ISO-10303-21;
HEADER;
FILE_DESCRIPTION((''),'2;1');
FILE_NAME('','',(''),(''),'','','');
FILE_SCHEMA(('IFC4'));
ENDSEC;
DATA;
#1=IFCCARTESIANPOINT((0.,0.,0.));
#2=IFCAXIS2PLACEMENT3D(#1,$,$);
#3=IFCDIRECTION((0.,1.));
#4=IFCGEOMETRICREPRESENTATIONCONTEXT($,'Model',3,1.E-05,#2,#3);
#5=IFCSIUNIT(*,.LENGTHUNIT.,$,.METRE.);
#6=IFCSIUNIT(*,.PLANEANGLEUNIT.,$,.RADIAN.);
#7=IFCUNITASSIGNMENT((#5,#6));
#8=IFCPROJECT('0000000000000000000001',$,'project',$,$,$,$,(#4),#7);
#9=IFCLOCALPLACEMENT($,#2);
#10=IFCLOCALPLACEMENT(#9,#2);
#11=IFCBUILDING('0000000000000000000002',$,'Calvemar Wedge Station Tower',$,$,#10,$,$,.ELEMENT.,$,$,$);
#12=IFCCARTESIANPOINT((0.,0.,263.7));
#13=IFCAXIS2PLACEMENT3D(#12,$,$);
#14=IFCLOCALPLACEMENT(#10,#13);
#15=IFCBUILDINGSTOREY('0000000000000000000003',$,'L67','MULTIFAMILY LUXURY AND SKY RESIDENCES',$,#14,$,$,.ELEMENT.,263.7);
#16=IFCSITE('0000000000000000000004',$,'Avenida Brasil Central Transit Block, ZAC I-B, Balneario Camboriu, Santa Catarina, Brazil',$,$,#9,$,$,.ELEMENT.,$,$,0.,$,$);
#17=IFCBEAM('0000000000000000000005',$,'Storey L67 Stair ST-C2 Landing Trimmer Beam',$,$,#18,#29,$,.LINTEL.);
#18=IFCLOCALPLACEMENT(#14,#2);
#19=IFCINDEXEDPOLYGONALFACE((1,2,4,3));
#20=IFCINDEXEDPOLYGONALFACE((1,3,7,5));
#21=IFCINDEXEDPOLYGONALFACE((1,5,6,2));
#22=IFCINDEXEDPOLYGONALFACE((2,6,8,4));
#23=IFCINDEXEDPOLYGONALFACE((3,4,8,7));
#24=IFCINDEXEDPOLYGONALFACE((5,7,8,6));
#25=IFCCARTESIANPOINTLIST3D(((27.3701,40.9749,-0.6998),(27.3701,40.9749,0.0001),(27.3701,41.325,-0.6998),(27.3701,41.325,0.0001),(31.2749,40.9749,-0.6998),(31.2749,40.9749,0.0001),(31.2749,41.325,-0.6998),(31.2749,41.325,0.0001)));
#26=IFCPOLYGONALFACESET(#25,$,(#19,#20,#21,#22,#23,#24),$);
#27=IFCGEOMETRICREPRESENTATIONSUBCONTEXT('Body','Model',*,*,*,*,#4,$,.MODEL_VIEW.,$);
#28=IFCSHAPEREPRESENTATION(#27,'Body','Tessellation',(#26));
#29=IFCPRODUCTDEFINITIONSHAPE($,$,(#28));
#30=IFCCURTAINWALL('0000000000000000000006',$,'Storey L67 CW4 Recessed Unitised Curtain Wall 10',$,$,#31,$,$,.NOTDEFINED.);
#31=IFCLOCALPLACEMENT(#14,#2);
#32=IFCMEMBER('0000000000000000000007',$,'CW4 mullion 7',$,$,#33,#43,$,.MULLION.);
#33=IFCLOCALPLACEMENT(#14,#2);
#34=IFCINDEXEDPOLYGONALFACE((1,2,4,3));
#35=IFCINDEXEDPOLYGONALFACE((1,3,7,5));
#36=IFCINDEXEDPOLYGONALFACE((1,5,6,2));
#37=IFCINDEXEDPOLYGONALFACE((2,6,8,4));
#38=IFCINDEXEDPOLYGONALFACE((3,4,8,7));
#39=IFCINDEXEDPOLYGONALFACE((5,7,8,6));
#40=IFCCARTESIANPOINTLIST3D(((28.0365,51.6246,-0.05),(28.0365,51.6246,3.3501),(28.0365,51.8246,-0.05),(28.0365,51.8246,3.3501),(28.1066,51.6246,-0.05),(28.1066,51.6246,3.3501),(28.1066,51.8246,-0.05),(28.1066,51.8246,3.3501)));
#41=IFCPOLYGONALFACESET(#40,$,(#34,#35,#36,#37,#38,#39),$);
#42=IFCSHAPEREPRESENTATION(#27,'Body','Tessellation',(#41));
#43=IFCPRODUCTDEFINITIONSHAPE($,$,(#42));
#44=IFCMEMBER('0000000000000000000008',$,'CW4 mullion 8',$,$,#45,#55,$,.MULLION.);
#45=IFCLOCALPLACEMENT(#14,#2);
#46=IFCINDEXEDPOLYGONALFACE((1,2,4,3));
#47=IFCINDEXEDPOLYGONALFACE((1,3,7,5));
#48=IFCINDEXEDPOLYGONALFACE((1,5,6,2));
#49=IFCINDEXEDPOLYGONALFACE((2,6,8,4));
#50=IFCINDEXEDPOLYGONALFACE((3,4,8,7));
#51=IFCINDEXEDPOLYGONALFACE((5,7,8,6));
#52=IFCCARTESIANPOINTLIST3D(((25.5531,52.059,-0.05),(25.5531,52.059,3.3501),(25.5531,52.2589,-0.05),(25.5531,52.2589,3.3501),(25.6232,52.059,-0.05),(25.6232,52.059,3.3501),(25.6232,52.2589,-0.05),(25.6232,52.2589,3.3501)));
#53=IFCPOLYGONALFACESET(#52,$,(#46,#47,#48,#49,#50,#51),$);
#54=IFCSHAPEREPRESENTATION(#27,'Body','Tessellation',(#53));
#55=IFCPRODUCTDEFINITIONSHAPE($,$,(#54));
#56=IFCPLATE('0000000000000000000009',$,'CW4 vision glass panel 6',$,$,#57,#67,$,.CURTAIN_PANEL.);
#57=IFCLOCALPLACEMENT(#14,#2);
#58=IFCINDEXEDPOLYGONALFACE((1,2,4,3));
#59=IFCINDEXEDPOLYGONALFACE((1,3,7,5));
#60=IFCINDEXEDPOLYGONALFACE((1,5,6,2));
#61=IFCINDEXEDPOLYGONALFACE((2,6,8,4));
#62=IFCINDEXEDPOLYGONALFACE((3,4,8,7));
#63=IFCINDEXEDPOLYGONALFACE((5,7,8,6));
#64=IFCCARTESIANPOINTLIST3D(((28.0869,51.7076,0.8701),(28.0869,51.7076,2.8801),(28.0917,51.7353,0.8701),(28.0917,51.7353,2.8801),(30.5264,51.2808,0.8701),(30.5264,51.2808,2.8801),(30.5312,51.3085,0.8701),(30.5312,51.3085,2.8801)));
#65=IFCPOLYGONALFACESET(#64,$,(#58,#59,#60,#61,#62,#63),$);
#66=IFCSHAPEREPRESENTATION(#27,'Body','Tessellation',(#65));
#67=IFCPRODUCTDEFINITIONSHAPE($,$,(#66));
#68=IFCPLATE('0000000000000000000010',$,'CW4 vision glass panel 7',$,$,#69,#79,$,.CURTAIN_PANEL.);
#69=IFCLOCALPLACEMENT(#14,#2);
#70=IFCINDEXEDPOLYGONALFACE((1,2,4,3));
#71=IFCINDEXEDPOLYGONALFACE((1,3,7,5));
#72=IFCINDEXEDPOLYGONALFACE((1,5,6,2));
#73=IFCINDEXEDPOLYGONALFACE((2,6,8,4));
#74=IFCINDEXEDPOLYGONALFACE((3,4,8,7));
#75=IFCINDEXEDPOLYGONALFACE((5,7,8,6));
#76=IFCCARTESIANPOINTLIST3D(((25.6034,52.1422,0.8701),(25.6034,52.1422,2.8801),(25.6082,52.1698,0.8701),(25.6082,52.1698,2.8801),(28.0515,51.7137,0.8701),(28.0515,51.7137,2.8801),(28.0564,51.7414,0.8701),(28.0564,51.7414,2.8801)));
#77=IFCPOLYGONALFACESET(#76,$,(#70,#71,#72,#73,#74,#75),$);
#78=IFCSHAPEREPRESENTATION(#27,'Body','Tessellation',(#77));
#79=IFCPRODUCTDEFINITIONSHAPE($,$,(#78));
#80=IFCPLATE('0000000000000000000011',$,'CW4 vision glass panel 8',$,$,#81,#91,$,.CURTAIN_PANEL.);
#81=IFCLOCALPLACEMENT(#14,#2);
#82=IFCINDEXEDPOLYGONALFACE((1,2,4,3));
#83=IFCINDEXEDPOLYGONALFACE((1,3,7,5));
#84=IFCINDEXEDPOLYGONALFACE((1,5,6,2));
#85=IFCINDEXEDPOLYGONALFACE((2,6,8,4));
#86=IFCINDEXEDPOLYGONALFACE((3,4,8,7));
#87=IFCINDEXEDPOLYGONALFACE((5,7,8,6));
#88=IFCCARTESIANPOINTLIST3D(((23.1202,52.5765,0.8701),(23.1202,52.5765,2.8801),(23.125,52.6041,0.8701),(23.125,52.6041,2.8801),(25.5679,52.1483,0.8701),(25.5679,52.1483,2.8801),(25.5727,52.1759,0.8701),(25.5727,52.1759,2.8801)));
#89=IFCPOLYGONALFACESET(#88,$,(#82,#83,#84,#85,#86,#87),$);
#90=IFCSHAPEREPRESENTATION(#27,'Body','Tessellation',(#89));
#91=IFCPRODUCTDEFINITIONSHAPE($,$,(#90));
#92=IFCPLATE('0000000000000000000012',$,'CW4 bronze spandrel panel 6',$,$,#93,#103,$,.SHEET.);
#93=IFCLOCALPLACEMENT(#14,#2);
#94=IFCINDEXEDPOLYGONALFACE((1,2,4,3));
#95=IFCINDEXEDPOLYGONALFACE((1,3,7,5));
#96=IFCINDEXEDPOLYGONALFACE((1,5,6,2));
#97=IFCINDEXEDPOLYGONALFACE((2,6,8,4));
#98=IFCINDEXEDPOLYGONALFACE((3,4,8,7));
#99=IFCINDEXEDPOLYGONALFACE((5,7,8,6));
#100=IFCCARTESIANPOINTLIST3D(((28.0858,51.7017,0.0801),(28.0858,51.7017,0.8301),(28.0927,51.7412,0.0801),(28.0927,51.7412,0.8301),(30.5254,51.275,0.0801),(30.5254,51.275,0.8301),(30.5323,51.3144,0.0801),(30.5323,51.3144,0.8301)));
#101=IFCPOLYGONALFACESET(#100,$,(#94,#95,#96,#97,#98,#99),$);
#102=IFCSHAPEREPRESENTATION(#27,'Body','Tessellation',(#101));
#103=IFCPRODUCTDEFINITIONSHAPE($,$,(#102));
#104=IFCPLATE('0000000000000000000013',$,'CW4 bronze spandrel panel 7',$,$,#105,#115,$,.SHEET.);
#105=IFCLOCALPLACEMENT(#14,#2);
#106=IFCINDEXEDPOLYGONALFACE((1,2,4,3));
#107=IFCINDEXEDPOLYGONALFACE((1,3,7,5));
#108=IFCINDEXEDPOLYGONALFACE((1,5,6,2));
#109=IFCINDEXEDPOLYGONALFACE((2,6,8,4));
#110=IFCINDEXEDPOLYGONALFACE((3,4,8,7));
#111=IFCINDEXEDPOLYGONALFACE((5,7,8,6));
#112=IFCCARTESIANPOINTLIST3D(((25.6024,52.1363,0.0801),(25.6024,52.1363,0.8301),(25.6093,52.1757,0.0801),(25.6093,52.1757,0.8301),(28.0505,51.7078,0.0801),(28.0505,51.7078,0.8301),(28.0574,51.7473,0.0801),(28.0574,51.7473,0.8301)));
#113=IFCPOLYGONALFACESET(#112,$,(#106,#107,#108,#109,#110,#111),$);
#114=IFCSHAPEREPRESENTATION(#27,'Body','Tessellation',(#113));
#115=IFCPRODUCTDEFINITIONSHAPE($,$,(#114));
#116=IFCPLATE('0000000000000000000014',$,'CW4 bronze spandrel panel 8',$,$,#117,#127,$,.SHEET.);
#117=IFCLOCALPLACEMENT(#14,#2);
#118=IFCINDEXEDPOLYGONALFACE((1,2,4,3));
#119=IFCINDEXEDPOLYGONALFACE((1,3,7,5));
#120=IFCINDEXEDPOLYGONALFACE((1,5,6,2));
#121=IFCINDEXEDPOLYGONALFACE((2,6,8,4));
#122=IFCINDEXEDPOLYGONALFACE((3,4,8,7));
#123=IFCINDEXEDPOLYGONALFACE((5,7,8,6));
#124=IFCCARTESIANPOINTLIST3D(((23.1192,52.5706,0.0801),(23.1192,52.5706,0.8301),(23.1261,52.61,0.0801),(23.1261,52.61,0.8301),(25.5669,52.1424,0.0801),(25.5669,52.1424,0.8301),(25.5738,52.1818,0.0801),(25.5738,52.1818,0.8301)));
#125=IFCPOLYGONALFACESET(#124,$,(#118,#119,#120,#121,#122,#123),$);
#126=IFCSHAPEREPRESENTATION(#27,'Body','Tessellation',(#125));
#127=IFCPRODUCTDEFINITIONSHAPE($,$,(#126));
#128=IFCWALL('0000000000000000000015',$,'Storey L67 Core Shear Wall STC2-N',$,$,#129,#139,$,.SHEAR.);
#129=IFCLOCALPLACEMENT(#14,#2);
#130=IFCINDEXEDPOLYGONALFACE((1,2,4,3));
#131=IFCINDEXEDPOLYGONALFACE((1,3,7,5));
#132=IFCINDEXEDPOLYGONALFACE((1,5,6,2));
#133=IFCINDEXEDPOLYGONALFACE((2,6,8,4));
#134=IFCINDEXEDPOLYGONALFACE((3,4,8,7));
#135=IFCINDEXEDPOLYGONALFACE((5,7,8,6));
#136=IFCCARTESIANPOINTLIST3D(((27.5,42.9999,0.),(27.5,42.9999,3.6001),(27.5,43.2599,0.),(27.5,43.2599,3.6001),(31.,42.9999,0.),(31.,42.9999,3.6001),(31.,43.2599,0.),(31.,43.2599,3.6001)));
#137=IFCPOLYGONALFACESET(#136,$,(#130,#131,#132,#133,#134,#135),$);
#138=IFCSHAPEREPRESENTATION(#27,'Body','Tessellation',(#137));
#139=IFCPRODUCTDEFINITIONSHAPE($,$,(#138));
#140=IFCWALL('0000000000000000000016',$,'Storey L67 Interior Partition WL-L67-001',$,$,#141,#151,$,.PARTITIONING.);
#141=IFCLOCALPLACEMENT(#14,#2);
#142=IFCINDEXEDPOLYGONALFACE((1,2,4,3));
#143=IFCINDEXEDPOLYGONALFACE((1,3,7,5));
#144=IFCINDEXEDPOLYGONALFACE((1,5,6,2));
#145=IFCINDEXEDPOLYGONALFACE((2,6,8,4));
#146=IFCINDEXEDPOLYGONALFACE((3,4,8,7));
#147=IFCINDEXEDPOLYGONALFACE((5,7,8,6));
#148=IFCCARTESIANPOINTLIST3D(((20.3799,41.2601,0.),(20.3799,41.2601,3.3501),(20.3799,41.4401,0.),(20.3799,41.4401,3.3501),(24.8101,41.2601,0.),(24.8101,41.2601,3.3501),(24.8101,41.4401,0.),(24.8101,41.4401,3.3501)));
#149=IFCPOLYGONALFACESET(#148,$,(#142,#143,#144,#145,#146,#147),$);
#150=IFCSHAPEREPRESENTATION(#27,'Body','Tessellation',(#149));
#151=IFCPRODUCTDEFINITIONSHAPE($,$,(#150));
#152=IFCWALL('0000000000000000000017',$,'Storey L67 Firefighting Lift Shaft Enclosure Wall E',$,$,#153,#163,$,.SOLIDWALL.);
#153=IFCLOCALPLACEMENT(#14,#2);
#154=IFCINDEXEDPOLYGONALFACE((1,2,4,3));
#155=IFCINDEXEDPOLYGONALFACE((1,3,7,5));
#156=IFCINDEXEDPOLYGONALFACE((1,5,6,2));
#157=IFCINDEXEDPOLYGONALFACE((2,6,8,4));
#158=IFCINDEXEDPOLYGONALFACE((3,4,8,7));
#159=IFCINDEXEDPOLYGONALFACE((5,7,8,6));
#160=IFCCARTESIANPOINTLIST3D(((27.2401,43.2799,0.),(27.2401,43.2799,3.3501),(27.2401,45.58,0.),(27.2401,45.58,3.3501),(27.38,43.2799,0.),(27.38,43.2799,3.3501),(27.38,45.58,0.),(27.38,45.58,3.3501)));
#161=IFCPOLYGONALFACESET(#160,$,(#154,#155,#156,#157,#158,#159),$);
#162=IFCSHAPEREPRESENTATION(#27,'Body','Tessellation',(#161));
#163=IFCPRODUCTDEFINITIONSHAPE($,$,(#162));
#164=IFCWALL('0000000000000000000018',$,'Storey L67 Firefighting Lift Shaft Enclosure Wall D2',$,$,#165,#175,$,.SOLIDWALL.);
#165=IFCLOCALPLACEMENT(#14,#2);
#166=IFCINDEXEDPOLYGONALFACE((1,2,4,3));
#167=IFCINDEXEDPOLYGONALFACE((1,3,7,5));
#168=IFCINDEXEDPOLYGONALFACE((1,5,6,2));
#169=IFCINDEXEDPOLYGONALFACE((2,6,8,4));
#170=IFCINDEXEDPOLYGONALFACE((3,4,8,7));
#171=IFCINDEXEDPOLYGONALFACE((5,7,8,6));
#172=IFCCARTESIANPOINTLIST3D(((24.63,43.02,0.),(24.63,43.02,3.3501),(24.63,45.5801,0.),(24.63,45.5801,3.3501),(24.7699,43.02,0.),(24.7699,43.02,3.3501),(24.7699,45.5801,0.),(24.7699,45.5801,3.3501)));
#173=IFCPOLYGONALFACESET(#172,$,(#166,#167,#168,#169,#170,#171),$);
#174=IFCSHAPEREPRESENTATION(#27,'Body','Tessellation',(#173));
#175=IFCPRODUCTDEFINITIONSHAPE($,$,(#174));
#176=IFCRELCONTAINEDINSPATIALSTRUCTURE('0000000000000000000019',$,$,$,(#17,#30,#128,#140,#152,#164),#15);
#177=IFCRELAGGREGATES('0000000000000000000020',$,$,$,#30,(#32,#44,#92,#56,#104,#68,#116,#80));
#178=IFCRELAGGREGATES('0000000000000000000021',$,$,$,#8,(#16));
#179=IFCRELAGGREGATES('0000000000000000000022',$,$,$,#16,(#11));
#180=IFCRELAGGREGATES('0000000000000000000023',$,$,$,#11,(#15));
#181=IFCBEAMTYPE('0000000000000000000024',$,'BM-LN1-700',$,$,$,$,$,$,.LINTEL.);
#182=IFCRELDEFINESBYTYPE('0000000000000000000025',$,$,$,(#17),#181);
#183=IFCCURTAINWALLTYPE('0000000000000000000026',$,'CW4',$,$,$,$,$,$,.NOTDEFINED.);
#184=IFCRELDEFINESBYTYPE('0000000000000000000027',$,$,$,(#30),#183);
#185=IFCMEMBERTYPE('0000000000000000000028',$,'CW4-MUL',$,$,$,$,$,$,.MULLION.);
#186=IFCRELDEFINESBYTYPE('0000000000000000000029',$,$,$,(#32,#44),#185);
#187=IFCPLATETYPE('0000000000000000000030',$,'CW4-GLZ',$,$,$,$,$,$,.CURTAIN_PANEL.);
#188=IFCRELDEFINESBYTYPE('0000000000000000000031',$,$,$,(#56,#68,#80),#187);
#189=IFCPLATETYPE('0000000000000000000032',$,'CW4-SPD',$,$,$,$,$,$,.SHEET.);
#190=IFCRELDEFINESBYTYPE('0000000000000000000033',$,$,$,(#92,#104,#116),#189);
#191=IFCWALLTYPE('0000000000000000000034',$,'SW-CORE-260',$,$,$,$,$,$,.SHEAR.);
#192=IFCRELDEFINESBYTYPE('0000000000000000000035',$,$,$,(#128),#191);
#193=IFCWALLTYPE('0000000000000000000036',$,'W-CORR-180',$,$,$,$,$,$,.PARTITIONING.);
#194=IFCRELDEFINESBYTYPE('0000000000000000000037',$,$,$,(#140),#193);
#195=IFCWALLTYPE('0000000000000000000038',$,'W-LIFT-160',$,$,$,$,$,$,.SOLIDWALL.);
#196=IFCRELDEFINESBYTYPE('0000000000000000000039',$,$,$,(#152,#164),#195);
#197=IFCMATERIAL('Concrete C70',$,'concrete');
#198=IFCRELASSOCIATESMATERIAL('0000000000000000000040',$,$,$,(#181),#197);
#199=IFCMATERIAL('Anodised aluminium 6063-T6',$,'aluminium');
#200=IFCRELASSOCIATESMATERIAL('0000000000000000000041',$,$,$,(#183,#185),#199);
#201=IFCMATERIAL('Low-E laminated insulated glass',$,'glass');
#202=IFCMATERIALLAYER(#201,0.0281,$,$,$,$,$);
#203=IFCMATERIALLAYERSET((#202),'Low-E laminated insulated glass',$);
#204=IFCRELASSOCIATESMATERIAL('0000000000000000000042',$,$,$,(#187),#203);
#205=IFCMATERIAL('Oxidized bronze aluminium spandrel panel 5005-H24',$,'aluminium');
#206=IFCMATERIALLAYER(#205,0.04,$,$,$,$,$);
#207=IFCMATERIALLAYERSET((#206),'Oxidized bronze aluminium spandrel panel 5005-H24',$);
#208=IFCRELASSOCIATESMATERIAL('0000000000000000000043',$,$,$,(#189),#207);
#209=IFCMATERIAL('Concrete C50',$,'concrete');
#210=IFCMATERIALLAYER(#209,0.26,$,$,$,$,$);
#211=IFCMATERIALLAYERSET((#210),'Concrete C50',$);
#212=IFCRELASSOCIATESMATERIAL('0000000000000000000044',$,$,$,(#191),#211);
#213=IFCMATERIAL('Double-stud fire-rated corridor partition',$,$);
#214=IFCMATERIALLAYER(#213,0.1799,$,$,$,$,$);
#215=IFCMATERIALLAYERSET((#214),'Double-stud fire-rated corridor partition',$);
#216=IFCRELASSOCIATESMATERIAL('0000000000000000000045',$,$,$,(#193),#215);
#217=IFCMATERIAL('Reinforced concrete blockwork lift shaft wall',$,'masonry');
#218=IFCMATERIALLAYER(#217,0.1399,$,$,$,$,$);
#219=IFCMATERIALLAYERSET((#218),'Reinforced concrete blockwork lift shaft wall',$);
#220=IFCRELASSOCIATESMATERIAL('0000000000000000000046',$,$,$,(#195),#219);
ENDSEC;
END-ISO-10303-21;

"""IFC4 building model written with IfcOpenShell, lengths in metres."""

from ifc_helpers import new_model, si_unit, direction, frame, frame_2d, origin, origin_2d, place, context, subcontext, project, spatial, rectangle, extrude, source, transform, mapped, material, layer, layer_set, material_profile, profile_set, type_object, element, aggregate, save


model = new_model("IFC4")

# Units and contexts
model_context = context("Model", 3, precision=1e-05, world=origin(), true_north=direction((0.0, 1.0)))
body_context = subcontext(model_context, "Body", "Model", "MODEL_VIEW")
ifc_project = project(units=[si_unit("LENGTHUNIT", "METRE"), si_unit("PLANEANGLEUNIT", "RADIAN")], contexts=[model_context])

# Site, building, storey
site_placement = place(None, origin())
site = spatial("IfcSite", under=ifc_project, at=site_placement, Name="Avenida Brasil Central Transit Block, ZAC I-B, Balneario Camboriu, Santa Catarina, Brazil", CompositionType="ELEMENT", RefElevation=0.0)
building_placement = place(site_placement, origin())
building = spatial("IfcBuilding", under=site, at=building_placement, Name="Calvemar Wedge Station Tower", CompositionType="ELEMENT")
storey_placement = place(building_placement, frame((0.0, 0.0, 263.7)))
storey = spatial("IfcBuildingStorey", under=building, at=storey_placement, Name="L67", Description="MULTIFAMILY LUXURY AND SKY RESIDENCES", CompositionType="ELEMENT", Elevation=263.7)

# Beam
ifc_material_1 = material(Name="Concrete C70", Category="concrete")
ifc_material_profile_1 = material_profile(ifc_material_1, rectangle(XDim=0.3501, YDim=0.7, at=origin_2d()), Name="RC350x700")
ifc_profile_set_1 = profile_set([ifc_material_profile_1], Name="Concrete C70")
beam_type = type_object("IfcBeamType", Name="BM-LN1-700", PredefinedType="LINTEL", material=ifc_profile_set_1)
shared_shape_1 = source(origin(), body_context, "Body", "SweptSolid", [
    extrude(rectangle(XDim=0.3501, YDim=0.7, at=origin_2d()), origin(), (0.0, 0.0, 1.0), 3.9048),
])
beam_placement = place(storey_placement, frame((27.3701, 41.1499, -0.3499), z_axis=(1.0, 0.0, 0.0), x_axis=(0.0, 1.0, 0.0)))
element("IfcBeam", 1, at=beam_placement, inside=storey, type_object=beam_type, Name="Storey L67 Stair ST-C2 Landing Trimmer Beam", PredefinedType="LINTEL", context=body_context, shape_type="MappedRepresentation", body=[
    mapped(shared_shape_1, transform((0.0, 0.0, 0.0), scale=1.0)),
])

# Curtain wall, members, plates
ifc_material_2 = material(Name="Anodised aluminium 6063-T6", Category="aluminium")
curtain_wall_type = type_object("IfcCurtainWallType", Name="CW4", PredefinedType="NOTDEFINED", material=ifc_material_2)
curtain_wall_placement = place(storey_placement, origin())
curtain_wall = element("IfcCurtainWall", 2, at=curtain_wall_placement, inside=storey, type_object=curtain_wall_type, Name="Storey L67 CW4 Recessed Unitised Curtain Wall 10", PredefinedType="NOTDEFINED")
ifc_material_profile_2 = material_profile(ifc_material_2, rectangle(XDim=0.0701, YDim=0.2, at=origin_2d()), Name="AL-MUL-70x200")
ifc_profile_set_2 = profile_set([ifc_material_profile_2], Name="Anodised aluminium 6063-T6")
member_type = type_object("IfcMemberType", Name="CW4-MUL", PredefinedType="MULLION", material=ifc_profile_set_2)
shared_shape_2 = source(origin(), body_context, "Body", "SweptSolid", [
    extrude(rectangle(XDim=0.0701, YDim=0.2, at=origin_2d()), origin(), (0.0, 0.0, 1.0), 3.4001),
])
member_1_placement = place(storey_placement, frame((28.0715, 51.7246, -0.05), z_axis=(0.0, 0.0, 1.0), x_axis=(1.0, 0.0, 0.0)))
member_1 = element("IfcMember", 3, at=member_1_placement, type_object=member_type, Name="CW4 mullion 7", PredefinedType="MULLION", context=body_context, shape_type="MappedRepresentation", body=[
    mapped(shared_shape_2, transform((0.0, 0.0, 0.0), scale=1.0)),
])
member_2_placement = place(storey_placement, frame((25.5881, 52.1589, -0.05), z_axis=(0.0, 0.0, 1.0), x_axis=(1.0, 0.0, 0.0)))
member_2 = element("IfcMember", 4, at=member_2_placement, type_object=member_type, Name="CW4 mullion 8", PredefinedType="MULLION", context=body_context, shape_type="MappedRepresentation", body=[
    mapped(shared_shape_2, transform((0.0, 0.0, 0.0), scale=1.0)),
])
ifc_material_3 = material(Name="Low-E laminated insulated glass", Category="glass")
ifc_layer_1 = layer(ifc_material_3, 0.0281)
ifc_layer_set_1 = layer_set([ifc_layer_1], Name="Low-E laminated insulated glass")
plate_type_1 = type_object("IfcPlateType", Name="CW4-GLZ", PredefinedType="CURTAIN_PANEL", material=ifc_layer_set_1)
plate_1_placement = place(storey_placement, frame((30.5288, 51.2947, 0.8701), z_axis=(0.0, 0.0, 1.0), x_axis=(-0.985041, 0.172323, 0.0)))
plate_1 = element("IfcPlate", 5, at=plate_1_placement, type_object=plate_type_1, Name="CW4 vision glass panel 6", PredefinedType="CURTAIN_PANEL", context=body_context, shape_type="SweptSolid", body=[
    extrude(rectangle(XDim=2.4766, YDim=0.0281, at=frame_2d((1.2383, 0.0))), origin(), (0.0, 0.0, 1.0), 2.01),
])
plate_2_placement = place(storey_placement, frame((28.054, 51.7275, 0.8701), z_axis=(0.0, 0.0, 1.0), x_axis=(-0.985029, 0.17239, 0.0)))
plate_2 = element("IfcPlate", 6, at=plate_2_placement, type_object=plate_type_1, Name="CW4 vision glass panel 7", PredefinedType="CURTAIN_PANEL", context=body_context, shape_type="SweptSolid", body=[
    extrude(rectangle(XDim=2.4854, YDim=0.0281, at=frame_2d((1.2427, 0.0))), origin(), (0.0, 0.0, 1.0), 2.01),
])
plate_3_placement = place(storey_placement, frame((25.5703, 52.1621, 0.8701), z_axis=(0.0, 0.0, 1.0), x_axis=(-0.98504, 0.172328, 0.0)))
plate_3 = element("IfcPlate", 7, at=plate_3_placement, type_object=plate_type_1, Name="CW4 vision glass panel 8", PredefinedType="CURTAIN_PANEL", context=body_context, shape_type="SweptSolid", body=[
    extrude(rectangle(XDim=2.4849, YDim=0.0281, at=frame_2d((1.2424, 0.0))), origin(), (0.0, 0.0, 1.0), 2.01),
])
ifc_material_4 = material(Name="Oxidized bronze aluminium spandrel panel 5005-H24", Category="aluminium")
ifc_layer_2 = layer(ifc_material_4, 0.04)
ifc_layer_set_2 = layer_set([ifc_layer_2], Name="Oxidized bronze aluminium spandrel panel 5005-H24")
plate_type_2 = type_object("IfcPlateType", Name="CW4-SPD", PredefinedType="SHEET", material=ifc_layer_set_2)
plate_4_placement = place(storey_placement, frame((30.5288, 51.2947, 0.0801), z_axis=(0.0, 0.0, 1.0), x_axis=(-0.985041, 0.172323, 0.0)))
plate_4 = element("IfcPlate", 8, at=plate_4_placement, type_object=plate_type_2, Name="CW4 bronze spandrel panel 6", PredefinedType="SHEET", context=body_context, shape_type="SweptSolid", body=[
    extrude(rectangle(XDim=2.4766, YDim=0.04, at=frame_2d((1.2383, 0.0))), origin(), (0.0, 0.0, 1.0), 0.75),
])
plate_5_placement = place(storey_placement, frame((28.054, 51.7275, 0.0801), z_axis=(0.0, 0.0, 1.0), x_axis=(-0.985029, 0.17239, 0.0)))
plate_5 = element("IfcPlate", 9, at=plate_5_placement, type_object=plate_type_2, Name="CW4 bronze spandrel panel 7", PredefinedType="SHEET", context=body_context, shape_type="SweptSolid", body=[
    extrude(rectangle(XDim=2.4854, YDim=0.04, at=frame_2d((1.2427, 0.0))), origin(), (0.0, 0.0, 1.0), 0.75),
])
plate_6_placement = place(storey_placement, frame((25.5703, 52.1621, 0.0801), z_axis=(0.0, 0.0, 1.0), x_axis=(-0.98504, 0.172328, 0.0)))
plate_6 = element("IfcPlate", 10, at=plate_6_placement, type_object=plate_type_2, Name="CW4 bronze spandrel panel 8", PredefinedType="SHEET", context=body_context, shape_type="SweptSolid", body=[
    extrude(rectangle(XDim=2.4849, YDim=0.04, at=frame_2d((1.2424, 0.0))), origin(), (0.0, 0.0, 1.0), 0.75),
])
aggregate(curtain_wall, [member_1, member_2, plate_4, plate_1, plate_5, plate_2, plate_6, plate_3])

# Walls
ifc_material_5 = material(Name="Concrete C50", Category="concrete")
ifc_layer_3 = layer(ifc_material_5, 0.26)
ifc_layer_set_3 = layer_set([ifc_layer_3], Name="Concrete C50")
wall_type_1 = type_object("IfcWallType", Name="SW-CORE-260", PredefinedType="SHEAR", material=ifc_layer_set_3)
wall_1_placement = place(storey_placement, frame((27.5, 43.1299, 0.0), z_axis=(0.0, 0.0, 1.0), x_axis=(1.0, 0.0, 0.0)))
element("IfcWall", 11, at=wall_1_placement, inside=storey, type_object=wall_type_1, Name="Storey L67 Core Shear Wall STC2-N", PredefinedType="SHEAR", context=body_context, shape_type="SweptSolid", body=[
    extrude(rectangle(XDim=3.5, YDim=0.26, at=frame_2d((1.75, 0.0))), origin(), (0.0, 0.0, 1.0), 3.6001),
])
ifc_material_6 = material(Name="Double-stud fire-rated corridor partition")
ifc_layer_4 = layer(ifc_material_6, 0.1799)
ifc_layer_set_4 = layer_set([ifc_layer_4], Name="Double-stud fire-rated corridor partition")
wall_type_2 = type_object("IfcWallType", Name="W-CORR-180", PredefinedType="PARTITIONING", material=ifc_layer_set_4)
wall_2_placement = place(storey_placement, frame((24.8101, 41.3501, 0.0), z_axis=(0.0, 0.0, 1.0), x_axis=(-1.0, 0.0, 0.0)))
element("IfcWall", 12, at=wall_2_placement, inside=storey, type_object=wall_type_2, Name="Storey L67 Interior Partition WL-L67-001", PredefinedType="PARTITIONING", context=body_context, shape_type="SweptSolid", body=[
    extrude(rectangle(XDim=4.4302, YDim=0.1799, at=frame_2d((2.2151, 0.0))), origin(), (0.0, 0.0, 1.0), 3.3501),
])

# Walls
ifc_material_7 = material(Name="Reinforced concrete blockwork lift shaft wall", Category="masonry")
ifc_layer_5 = layer(ifc_material_7, 0.1399)
ifc_layer_set_5 = layer_set([ifc_layer_5], Name="Reinforced concrete blockwork lift shaft wall")
wall_type_3 = type_object("IfcWallType", Name="W-LIFT-160", PredefinedType="SOLIDWALL", material=ifc_layer_set_5)
wall_3_placement = place(storey_placement, frame((27.3101, 43.28, 0.0), z_axis=(0.0, 0.0, 1.0), x_axis=(0.0, 1.0, 0.0)))
element("IfcWall", 13, at=wall_3_placement, inside=storey, type_object=wall_type_3, Name="Storey L67 Firefighting Lift Shaft Enclosure Wall E", PredefinedType="SOLIDWALL", context=body_context, shape_type="SweptSolid", body=[
    extrude(rectangle(XDim=2.3, YDim=0.1399, at=frame_2d((1.1499, 0.0))), origin(), (0.0, 0.0, 1.0), 3.3501),
])
wall_4_placement = place(storey_placement, frame((24.7, 43.02, 0.0), z_axis=(0.0, 0.0, 1.0), x_axis=(0.0, 1.0, 0.0)))
element("IfcWall", 14, at=wall_4_placement, inside=storey, type_object=wall_type_3, Name="Storey L67 Firefighting Lift Shaft Enclosure Wall D2", PredefinedType="SOLIDWALL", context=body_context, shape_type="SweptSolid", body=[
    extrude(rectangle(XDim=2.5601, YDim=0.1399, at=frame_2d((1.28, 0.0))), origin(), (0.0, 0.0, 1.0), 3.3501),
])

save(model, "model.ifc")
